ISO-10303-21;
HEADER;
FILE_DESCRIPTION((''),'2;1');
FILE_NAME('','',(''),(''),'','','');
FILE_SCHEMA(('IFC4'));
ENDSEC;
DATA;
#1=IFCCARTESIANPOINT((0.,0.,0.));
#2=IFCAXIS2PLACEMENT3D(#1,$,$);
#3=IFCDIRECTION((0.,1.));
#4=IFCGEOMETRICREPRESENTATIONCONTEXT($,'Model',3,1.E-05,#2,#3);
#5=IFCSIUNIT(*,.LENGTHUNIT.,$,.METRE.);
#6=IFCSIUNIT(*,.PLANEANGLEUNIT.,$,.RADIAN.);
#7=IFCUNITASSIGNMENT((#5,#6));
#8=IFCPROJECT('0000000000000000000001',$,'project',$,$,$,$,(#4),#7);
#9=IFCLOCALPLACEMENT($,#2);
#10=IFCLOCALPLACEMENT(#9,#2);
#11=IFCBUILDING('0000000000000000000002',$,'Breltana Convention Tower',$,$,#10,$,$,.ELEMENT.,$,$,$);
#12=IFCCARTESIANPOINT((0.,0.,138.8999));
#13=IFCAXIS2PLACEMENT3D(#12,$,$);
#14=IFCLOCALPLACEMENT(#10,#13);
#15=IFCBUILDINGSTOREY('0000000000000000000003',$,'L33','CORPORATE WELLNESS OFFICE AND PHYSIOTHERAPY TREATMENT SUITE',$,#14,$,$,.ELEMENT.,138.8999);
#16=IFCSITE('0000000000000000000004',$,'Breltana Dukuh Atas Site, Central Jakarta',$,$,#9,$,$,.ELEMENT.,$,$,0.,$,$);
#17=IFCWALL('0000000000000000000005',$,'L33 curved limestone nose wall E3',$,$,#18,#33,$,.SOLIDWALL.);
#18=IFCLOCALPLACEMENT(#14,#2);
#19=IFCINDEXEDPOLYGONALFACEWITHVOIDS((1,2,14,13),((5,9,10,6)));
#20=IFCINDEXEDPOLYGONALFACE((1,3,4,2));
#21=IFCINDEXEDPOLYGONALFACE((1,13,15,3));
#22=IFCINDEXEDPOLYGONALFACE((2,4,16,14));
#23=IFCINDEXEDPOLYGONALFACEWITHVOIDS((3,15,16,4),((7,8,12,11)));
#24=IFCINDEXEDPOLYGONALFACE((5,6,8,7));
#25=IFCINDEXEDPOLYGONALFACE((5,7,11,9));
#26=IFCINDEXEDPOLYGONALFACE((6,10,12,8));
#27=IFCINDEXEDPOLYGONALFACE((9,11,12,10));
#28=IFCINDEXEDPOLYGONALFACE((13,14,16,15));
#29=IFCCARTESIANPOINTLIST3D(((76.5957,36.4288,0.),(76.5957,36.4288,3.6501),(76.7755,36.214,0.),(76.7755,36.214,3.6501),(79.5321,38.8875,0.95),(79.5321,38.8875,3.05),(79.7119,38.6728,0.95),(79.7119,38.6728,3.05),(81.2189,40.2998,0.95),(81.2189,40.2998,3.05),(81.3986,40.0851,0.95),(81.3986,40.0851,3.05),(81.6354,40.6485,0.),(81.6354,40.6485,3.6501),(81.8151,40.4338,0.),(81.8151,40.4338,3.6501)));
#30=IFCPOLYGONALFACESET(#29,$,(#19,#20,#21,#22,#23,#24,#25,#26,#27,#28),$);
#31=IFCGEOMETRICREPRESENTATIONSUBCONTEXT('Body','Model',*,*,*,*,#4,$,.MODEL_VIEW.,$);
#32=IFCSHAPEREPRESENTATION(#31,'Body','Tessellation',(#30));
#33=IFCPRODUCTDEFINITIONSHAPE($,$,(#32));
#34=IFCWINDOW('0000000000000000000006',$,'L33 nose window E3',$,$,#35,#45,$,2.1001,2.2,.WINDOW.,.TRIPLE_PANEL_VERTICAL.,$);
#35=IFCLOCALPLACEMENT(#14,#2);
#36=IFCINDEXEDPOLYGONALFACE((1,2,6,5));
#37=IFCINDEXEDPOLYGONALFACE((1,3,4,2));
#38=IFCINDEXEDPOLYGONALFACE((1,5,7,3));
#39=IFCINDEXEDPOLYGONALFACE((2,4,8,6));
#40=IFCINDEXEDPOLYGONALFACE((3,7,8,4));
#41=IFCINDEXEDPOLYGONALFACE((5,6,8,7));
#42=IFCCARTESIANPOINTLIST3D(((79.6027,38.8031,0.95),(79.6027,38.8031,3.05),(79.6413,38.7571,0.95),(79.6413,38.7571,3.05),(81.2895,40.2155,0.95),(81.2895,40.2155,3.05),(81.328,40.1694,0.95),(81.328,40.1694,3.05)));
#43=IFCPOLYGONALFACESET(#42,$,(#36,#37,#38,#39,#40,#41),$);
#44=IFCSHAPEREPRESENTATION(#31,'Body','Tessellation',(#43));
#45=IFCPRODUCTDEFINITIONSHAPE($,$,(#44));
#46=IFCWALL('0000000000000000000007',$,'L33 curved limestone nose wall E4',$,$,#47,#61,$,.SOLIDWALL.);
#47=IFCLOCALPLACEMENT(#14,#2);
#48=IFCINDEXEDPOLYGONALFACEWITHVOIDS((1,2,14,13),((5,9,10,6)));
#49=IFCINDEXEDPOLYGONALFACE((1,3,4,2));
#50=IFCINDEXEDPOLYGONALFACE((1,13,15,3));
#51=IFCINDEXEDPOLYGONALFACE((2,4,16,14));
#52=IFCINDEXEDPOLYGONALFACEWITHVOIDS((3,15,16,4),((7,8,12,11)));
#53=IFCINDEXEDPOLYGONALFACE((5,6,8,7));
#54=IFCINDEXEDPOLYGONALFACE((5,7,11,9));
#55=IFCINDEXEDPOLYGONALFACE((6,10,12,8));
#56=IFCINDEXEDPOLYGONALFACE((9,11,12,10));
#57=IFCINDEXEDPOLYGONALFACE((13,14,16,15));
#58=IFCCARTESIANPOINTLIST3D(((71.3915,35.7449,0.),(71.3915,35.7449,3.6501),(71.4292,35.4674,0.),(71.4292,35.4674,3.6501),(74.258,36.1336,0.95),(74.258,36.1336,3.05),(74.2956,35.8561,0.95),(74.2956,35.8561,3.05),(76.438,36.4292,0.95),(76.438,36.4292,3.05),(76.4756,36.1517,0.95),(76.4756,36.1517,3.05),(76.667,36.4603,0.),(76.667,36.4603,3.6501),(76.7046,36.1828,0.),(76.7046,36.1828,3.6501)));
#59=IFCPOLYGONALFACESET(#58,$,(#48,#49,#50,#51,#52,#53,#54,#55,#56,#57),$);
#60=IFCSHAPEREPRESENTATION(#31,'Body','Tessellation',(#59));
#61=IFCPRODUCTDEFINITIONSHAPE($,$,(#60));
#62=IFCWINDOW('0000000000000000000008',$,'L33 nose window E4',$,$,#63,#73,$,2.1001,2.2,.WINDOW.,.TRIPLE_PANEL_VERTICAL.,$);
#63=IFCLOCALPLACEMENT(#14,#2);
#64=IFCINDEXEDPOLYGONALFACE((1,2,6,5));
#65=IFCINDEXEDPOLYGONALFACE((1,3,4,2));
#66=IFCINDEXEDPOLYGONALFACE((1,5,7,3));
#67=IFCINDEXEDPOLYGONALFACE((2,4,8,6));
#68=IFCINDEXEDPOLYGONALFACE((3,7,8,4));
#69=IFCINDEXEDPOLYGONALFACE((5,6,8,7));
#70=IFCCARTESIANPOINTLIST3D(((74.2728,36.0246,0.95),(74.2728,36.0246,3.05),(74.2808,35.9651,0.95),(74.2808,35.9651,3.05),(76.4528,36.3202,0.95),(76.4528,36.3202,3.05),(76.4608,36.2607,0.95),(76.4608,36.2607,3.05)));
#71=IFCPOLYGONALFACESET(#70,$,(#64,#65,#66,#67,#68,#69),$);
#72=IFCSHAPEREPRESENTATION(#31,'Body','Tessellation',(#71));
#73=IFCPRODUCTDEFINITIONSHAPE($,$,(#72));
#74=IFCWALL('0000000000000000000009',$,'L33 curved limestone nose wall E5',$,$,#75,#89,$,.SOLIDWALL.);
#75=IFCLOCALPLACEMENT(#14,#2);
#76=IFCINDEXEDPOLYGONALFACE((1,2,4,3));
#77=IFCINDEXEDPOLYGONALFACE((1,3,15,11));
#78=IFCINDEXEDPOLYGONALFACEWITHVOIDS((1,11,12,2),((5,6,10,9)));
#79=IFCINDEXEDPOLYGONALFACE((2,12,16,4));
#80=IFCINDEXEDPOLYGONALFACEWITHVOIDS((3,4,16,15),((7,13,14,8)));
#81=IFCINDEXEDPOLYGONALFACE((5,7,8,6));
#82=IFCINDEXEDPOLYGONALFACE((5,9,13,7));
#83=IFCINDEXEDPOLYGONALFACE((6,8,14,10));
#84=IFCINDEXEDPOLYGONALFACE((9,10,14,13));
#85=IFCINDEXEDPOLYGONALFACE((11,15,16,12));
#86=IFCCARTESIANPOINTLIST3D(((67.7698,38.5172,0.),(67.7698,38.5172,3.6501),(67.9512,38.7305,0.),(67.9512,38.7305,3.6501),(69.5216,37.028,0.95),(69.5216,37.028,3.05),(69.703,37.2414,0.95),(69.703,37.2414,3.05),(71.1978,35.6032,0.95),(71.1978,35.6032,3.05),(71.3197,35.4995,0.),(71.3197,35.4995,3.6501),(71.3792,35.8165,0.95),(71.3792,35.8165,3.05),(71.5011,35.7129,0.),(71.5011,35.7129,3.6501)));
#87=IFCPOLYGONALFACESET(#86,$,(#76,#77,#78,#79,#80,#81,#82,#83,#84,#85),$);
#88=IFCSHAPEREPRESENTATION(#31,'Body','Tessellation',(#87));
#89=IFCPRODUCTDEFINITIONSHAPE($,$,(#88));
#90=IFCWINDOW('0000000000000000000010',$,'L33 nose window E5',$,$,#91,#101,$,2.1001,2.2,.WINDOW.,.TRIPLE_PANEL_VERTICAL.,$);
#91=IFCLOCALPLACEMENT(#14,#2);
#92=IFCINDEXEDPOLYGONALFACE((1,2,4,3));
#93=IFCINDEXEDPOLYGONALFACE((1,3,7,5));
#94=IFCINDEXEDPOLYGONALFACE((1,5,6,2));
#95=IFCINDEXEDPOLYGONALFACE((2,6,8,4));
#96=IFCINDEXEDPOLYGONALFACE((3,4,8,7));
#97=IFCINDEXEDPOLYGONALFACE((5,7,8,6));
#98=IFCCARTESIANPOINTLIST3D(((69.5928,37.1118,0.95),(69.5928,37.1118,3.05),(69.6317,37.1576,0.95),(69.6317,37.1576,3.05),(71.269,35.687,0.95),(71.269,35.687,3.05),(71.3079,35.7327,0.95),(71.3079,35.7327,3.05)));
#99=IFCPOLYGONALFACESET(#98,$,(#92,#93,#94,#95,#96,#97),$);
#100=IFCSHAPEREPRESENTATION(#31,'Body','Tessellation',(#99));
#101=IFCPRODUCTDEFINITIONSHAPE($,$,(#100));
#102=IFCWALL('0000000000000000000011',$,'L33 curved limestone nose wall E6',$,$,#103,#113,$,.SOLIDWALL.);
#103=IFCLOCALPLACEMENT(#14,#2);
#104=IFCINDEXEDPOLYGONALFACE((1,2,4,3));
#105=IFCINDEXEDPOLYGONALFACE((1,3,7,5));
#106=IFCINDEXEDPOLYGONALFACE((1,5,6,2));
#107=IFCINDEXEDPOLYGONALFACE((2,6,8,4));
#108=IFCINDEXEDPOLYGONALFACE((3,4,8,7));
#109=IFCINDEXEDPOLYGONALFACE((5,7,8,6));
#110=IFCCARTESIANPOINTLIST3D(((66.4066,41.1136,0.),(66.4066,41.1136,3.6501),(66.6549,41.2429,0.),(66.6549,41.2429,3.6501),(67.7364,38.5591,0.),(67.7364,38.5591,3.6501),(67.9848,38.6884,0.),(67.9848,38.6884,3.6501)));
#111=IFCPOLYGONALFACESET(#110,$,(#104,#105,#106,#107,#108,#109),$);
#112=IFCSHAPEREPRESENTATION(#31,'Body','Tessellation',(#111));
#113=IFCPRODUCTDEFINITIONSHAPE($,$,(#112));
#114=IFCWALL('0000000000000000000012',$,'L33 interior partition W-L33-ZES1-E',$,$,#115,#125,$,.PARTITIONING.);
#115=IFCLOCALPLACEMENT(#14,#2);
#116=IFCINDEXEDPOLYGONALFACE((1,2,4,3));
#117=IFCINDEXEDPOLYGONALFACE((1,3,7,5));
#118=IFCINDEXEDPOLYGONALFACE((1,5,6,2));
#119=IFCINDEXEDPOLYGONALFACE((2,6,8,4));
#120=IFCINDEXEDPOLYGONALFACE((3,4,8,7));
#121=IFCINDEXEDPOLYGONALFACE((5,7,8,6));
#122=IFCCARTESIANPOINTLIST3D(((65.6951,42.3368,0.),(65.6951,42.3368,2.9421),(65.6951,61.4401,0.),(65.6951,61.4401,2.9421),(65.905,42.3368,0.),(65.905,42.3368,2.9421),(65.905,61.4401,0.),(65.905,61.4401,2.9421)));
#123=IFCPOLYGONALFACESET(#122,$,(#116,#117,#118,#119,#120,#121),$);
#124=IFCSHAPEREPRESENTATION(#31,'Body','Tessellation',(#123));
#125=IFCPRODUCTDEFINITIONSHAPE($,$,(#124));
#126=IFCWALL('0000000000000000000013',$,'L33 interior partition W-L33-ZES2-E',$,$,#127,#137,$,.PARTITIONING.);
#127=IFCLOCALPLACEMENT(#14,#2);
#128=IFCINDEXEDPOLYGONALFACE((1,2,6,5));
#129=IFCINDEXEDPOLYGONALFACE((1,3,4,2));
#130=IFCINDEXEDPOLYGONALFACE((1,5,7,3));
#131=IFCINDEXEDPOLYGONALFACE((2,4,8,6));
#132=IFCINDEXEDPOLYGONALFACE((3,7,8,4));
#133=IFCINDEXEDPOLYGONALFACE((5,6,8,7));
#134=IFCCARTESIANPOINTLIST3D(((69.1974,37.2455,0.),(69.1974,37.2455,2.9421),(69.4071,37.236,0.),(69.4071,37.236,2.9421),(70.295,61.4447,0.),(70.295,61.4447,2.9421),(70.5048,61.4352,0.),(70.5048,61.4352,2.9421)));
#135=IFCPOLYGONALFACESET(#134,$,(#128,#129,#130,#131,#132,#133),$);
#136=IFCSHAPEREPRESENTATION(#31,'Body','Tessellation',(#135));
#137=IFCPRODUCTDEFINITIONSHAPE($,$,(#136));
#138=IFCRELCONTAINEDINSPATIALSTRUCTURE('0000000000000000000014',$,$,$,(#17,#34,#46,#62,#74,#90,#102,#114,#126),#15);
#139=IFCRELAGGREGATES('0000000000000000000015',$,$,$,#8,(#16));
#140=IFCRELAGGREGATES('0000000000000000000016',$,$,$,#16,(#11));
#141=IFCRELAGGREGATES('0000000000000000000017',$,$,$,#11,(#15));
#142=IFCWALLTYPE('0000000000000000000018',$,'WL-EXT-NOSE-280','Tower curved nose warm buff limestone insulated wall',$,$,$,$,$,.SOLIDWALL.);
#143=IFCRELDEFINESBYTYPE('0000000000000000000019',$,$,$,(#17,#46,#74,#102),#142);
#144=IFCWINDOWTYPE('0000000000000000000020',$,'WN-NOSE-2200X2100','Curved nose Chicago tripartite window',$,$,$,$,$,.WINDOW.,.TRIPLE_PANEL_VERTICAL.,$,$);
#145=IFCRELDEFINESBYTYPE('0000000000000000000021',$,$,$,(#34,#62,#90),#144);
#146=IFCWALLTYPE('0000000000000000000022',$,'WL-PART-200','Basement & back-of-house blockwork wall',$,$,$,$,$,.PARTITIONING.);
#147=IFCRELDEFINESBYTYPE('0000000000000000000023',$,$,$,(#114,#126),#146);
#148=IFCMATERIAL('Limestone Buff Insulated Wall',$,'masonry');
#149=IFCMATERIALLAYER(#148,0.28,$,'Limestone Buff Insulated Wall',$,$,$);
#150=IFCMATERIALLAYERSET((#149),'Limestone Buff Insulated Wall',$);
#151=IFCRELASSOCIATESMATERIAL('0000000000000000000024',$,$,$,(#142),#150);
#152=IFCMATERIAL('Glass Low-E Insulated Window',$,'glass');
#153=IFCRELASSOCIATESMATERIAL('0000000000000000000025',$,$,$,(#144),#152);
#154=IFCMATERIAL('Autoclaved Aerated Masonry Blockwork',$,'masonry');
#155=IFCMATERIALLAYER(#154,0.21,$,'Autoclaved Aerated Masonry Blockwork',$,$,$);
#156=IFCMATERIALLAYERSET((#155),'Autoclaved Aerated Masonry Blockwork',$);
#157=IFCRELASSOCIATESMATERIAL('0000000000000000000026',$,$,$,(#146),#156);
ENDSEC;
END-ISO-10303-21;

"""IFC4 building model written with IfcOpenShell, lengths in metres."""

from ifc_helpers import new_model, si_unit, direction, frame, frame_2d, origin, place, context, subcontext, project, spatial, rectangle, extrude, source, transform, mapped, material, layer, layer_set, type_object, type_shapes, element, fill, save


model = new_model("IFC4")

# Units and contexts
model_context = context("Model", 3, precision=1e-05, world=origin(), true_north=direction((0.0, 1.0)))
body_context = subcontext(model_context, "Body", "Model", "MODEL_VIEW")
ifc_project = project(units=[si_unit("LENGTHUNIT", "METRE"), si_unit("PLANEANGLEUNIT", "RADIAN")], contexts=[model_context])

# Site, building, storey
site_placement = place(None, origin())
site = spatial("IfcSite", under=ifc_project, at=site_placement, Name="Breltana Dukuh Atas Site, Central Jakarta", CompositionType="ELEMENT", RefElevation=0.0)
building_placement = place(site_placement, origin())
building = spatial("IfcBuilding", under=site, at=building_placement, Name="Breltana Convention Tower", CompositionType="ELEMENT")
storey_placement = place(building_placement, frame((0.0, 0.0, 138.8999)))
storey = spatial("IfcBuildingStorey", under=building, at=storey_placement, Name="L33", Description="CORPORATE WELLNESS OFFICE AND PHYSIOTHERAPY TREATMENT SUITE", CompositionType="ELEMENT", Elevation=138.8999)

# Walls, openings, windows
ifc_material_1 = material(Name="Limestone Buff Insulated Wall", Category="masonry")
ifc_layer_1 = layer(ifc_material_1, 0.28, Name="Limestone Buff Insulated Wall")
ifc_layer_set_1 = layer_set([ifc_layer_1], Name="Limestone Buff Insulated Wall")
wall_type_1 = type_object("IfcWallType", Name="WL-EXT-NOSE-280", Description="Tower curved nose warm buff limestone insulated wall", PredefinedType="SOLIDWALL", material=ifc_layer_set_1)
shared_shape_1 = source(origin(), body_context, "Body", "SweptSolid", [
    extrude(rectangle(XDim=6.573, YDim=0.28, at=frame_2d((3.2866, 0.0))), origin(), (0.0, 0.0, 1.0), 3.6501),
])
wall_1_placement = place(storey_placement, frame((81.7253, 40.5413, 0.0), z_axis=(0.0, 0.0, 1.0), x_axis=(-0.766715, -0.641987, 0.0)))
wall_1 = element("IfcWall", 1, at=wall_1_placement, inside=storey, type_object=wall_type_1, Name="L33 curved limestone nose wall E3", PredefinedType="SOLIDWALL", context=body_context, shape_type="MappedRepresentation", body=[
    mapped(shared_shape_1, transform((0.0, 0.0, 0.0), scale=1.0)),
])
opening_1_placement = place(wall_1_placement, frame((0.5432, 0.0, 0.95)))
opening_1 = element("IfcOpeningElement", 2, at=opening_1_placement, cuts=wall_1, PredefinedType="OPENING", context=body_context, shape_type="SweptSolid", body=[
    extrude(rectangle(XDim=2.2, YDim=2.1001, at=frame_2d((1.1001, 1.05))), frame((0.0, 0.1499, 0.0), z_axis=(0.0, -1.0, 0.0), x_axis=(1.0, 0.0, 0.0)), (0.0, 0.0, 1.0), 0.3),
])
ifc_material_2 = material(Name="Glass Low-E Insulated Window", Category="glass")
window_type = type_object("IfcWindowType", Name="WN-NOSE-2200X2100", Description="Curved nose Chicago tripartite window", PartitioningType="TRIPLE_PANEL_VERTICAL", PredefinedType="WINDOW", material=ifc_material_2)
shared_shape_2 = source(origin(), body_context, "Body", "SweptSolid", [
    extrude(rectangle(XDim=2.2, YDim=2.1001, at=frame_2d((1.1001, 1.05))), frame((0.0, 0.03, 0.0), z_axis=(0.0, -1.0, 0.0), x_axis=(1.0, 0.0, 0.0)), (0.0, 0.0, 1.0), 0.0601),
])
type_shapes(window_type, [shared_shape_2])
window_1_placement = place(opening_1_placement, origin())
window_1 = element("IfcWindow", 3, at=window_1_placement, inside=storey, type_object=window_type, Name="L33 nose window E3", OverallHeight=2.1001, OverallWidth=2.2, PartitioningType="TRIPLE_PANEL_VERTICAL", PredefinedType="WINDOW", context=body_context, shape_type="MappedRepresentation", body=[
    mapped(shared_shape_2, transform((0.0, 0.0, 0.0), scale=1.0)),
])
fill(opening_1, window_1)
shared_shape_3 = source(origin(), body_context, "Body", "SweptSolid", [
    extrude(rectangle(XDim=5.3237, YDim=0.28, at=frame_2d((2.6619, 0.0))), origin(), (0.0, 0.0, 1.0), 3.6501),
])
wall_2_placement = place(storey_placement, frame((76.6858, 36.3215, 0.0), z_axis=(0.0, 0.0, 1.0), x_axis=(-0.990931, -0.134368, 0.0)))
wall_2 = element("IfcWall", 4, at=wall_2_placement, inside=storey, type_object=wall_type_1, Name="L33 curved limestone nose wall E4", PredefinedType="SOLIDWALL", context=body_context, shape_type="MappedRepresentation", body=[
    mapped(shared_shape_3, transform((0.0, 0.0, 0.0), scale=1.0)),
])
opening_2_placement = place(wall_2_placement, frame((0.231, 0.0, 0.95)))
opening_2 = element("IfcOpeningElement", 5, at=opening_2_placement, cuts=wall_2, PredefinedType="OPENING", context=body_context, shape_type="SweptSolid", body=[
    extrude(rectangle(XDim=2.2, YDim=2.1001, at=frame_2d((1.1001, 1.05))), frame((0.0, 0.1499, 0.0), z_axis=(0.0, -1.0, 0.0), x_axis=(1.0, 0.0, 0.0)), (0.0, 0.0, 1.0), 0.3),
])
window_2_placement = place(opening_2_placement, origin())
window_2 = element("IfcWindow", 6, at=window_2_placement, inside=storey, type_object=window_type, Name="L33 nose window E4", OverallHeight=2.1001, OverallWidth=2.2, PartitioningType="TRIPLE_PANEL_VERTICAL", PredefinedType="WINDOW", context=body_context, shape_type="MappedRepresentation", body=[
    mapped(shared_shape_2, transform((0.0, 0.0, 0.0), scale=1.0)),
])
fill(opening_2, window_2)
shared_shape_4 = source(origin(), body_context, "Body", "SweptSolid", [
    extrude(rectangle(XDim=4.6592, YDim=0.28, at=frame_2d((2.3296, 0.0))), origin(), (0.0, 0.0, 1.0), 3.6501),
])
wall_3_placement = place(storey_placement, frame((71.4104, 35.6062, 0.0), z_axis=(0.0, 0.0, 1.0), x_axis=(-0.761913, 0.647679, 0.0)))
wall_3 = element("IfcWall", 7, at=wall_3_placement, inside=storey, type_object=wall_type_1, Name="L33 curved limestone nose wall E5", PredefinedType="SOLIDWALL", context=body_context, shape_type="MappedRepresentation", body=[
    mapped(shared_shape_4, transform((0.0, 0.0, 0.0), scale=1.0)),
])
opening_3_placement = place(wall_3_placement, frame((0.1599, 0.0, 0.95)))
opening_3 = element("IfcOpeningElement", 8, at=opening_3_placement, cuts=wall_3, PredefinedType="OPENING", context=body_context, shape_type="SweptSolid", body=[
    extrude(rectangle(XDim=2.2, YDim=2.1001, at=frame_2d((1.1001, 1.05))), frame((0.0, 0.1499, 0.0), z_axis=(0.0, -1.0, 0.0), x_axis=(1.0, 0.0, 0.0)), (0.0, 0.0, 1.0), 0.3),
])
window_3_placement = place(opening_3_placement, origin())
window_3 = element("IfcWindow", 9, at=window_3_placement, inside=storey, type_object=window_type, Name="L33 nose window E5", OverallHeight=2.1001, OverallWidth=2.2, PartitioningType="TRIPLE_PANEL_VERTICAL", PredefinedType="WINDOW", context=body_context, shape_type="MappedRepresentation", body=[
    mapped(shared_shape_2, transform((0.0, 0.0, 0.0), scale=1.0)),
])
fill(opening_3, window_3)

# Walls
shared_shape_5 = source(origin(), body_context, "Body", "SweptSolid", [
    extrude(rectangle(XDim=2.8799, YDim=0.28, at=frame_2d((1.4399, 0.0))), origin(), (0.0, 0.0, 1.0), 3.6501),
])
wall_4_placement = place(storey_placement, frame((67.8606, 38.6238, 0.0), z_axis=(0.0, 0.0, 1.0), x_axis=(-0.461769, 0.887, 0.0)))
element("IfcWall", 10, at=wall_4_placement, inside=storey, type_object=wall_type_1, Name="L33 curved limestone nose wall E6", PredefinedType="SOLIDWALL", context=body_context, shape_type="MappedRepresentation", body=[
    mapped(shared_shape_5, transform((0.0, 0.0, 0.0), scale=1.0)),
])
ifc_material_3 = material(Name="Autoclaved Aerated Masonry Blockwork", Category="masonry")
ifc_layer_2 = layer(ifc_material_3, 0.21, Name="Autoclaved Aerated Masonry Blockwork")
ifc_layer_set_2 = layer_set([ifc_layer_2], Name="Autoclaved Aerated Masonry Blockwork")
wall_type_2 = type_object("IfcWallType", Name="WL-PART-200", Description="Basement & back-of-house blockwork wall", PredefinedType="PARTITIONING", material=ifc_layer_set_2)
shared_shape_6 = source(origin(), body_context, "Body", "SweptSolid", [
    extrude(rectangle(XDim=19.1033, YDim=0.21, at=frame_2d((9.5518, 0.0))), origin(), (0.0, 0.0, 1.0), 2.9421),
])
wall_5_placement = place(storey_placement, frame((65.8, 42.3367, 0.0), z_axis=(0.0, 0.0, 1.0), x_axis=(0.0, 1.0, 0.0)))
element("IfcWall", 11, at=wall_5_placement, inside=storey, type_object=wall_type_2, Name="L33 interior partition W-L33-ZES1-E", PredefinedType="PARTITIONING", context=body_context, shape_type="MappedRepresentation", body=[
    mapped(shared_shape_6, transform((0.0, 0.0, 0.0), scale=1.0)),
])
shared_shape_7 = source(origin(), body_context, "Body", "SweptSolid", [
    extrude(rectangle(XDim=24.2241, YDim=0.21, at=frame_2d((12.1121, 0.0))), origin(), (0.0, 0.0, 1.0), 2.9421),
])
wall_6_placement = place(storey_placement, frame((69.3022, 37.2407, 0.0), z_axis=(0.0, 0.0, 1.0), x_axis=(0.045313, 0.998973, 0.0)))
element("IfcWall", 12, at=wall_6_placement, inside=storey, type_object=wall_type_2, Name="L33 interior partition W-L33-ZES2-E", PredefinedType="PARTITIONING", context=body_context, shape_type="MappedRepresentation", body=[
    mapped(shared_shape_7, transform((0.0, 0.0, 0.0), scale=1.0)),
])

save(model, "model.ifc")
